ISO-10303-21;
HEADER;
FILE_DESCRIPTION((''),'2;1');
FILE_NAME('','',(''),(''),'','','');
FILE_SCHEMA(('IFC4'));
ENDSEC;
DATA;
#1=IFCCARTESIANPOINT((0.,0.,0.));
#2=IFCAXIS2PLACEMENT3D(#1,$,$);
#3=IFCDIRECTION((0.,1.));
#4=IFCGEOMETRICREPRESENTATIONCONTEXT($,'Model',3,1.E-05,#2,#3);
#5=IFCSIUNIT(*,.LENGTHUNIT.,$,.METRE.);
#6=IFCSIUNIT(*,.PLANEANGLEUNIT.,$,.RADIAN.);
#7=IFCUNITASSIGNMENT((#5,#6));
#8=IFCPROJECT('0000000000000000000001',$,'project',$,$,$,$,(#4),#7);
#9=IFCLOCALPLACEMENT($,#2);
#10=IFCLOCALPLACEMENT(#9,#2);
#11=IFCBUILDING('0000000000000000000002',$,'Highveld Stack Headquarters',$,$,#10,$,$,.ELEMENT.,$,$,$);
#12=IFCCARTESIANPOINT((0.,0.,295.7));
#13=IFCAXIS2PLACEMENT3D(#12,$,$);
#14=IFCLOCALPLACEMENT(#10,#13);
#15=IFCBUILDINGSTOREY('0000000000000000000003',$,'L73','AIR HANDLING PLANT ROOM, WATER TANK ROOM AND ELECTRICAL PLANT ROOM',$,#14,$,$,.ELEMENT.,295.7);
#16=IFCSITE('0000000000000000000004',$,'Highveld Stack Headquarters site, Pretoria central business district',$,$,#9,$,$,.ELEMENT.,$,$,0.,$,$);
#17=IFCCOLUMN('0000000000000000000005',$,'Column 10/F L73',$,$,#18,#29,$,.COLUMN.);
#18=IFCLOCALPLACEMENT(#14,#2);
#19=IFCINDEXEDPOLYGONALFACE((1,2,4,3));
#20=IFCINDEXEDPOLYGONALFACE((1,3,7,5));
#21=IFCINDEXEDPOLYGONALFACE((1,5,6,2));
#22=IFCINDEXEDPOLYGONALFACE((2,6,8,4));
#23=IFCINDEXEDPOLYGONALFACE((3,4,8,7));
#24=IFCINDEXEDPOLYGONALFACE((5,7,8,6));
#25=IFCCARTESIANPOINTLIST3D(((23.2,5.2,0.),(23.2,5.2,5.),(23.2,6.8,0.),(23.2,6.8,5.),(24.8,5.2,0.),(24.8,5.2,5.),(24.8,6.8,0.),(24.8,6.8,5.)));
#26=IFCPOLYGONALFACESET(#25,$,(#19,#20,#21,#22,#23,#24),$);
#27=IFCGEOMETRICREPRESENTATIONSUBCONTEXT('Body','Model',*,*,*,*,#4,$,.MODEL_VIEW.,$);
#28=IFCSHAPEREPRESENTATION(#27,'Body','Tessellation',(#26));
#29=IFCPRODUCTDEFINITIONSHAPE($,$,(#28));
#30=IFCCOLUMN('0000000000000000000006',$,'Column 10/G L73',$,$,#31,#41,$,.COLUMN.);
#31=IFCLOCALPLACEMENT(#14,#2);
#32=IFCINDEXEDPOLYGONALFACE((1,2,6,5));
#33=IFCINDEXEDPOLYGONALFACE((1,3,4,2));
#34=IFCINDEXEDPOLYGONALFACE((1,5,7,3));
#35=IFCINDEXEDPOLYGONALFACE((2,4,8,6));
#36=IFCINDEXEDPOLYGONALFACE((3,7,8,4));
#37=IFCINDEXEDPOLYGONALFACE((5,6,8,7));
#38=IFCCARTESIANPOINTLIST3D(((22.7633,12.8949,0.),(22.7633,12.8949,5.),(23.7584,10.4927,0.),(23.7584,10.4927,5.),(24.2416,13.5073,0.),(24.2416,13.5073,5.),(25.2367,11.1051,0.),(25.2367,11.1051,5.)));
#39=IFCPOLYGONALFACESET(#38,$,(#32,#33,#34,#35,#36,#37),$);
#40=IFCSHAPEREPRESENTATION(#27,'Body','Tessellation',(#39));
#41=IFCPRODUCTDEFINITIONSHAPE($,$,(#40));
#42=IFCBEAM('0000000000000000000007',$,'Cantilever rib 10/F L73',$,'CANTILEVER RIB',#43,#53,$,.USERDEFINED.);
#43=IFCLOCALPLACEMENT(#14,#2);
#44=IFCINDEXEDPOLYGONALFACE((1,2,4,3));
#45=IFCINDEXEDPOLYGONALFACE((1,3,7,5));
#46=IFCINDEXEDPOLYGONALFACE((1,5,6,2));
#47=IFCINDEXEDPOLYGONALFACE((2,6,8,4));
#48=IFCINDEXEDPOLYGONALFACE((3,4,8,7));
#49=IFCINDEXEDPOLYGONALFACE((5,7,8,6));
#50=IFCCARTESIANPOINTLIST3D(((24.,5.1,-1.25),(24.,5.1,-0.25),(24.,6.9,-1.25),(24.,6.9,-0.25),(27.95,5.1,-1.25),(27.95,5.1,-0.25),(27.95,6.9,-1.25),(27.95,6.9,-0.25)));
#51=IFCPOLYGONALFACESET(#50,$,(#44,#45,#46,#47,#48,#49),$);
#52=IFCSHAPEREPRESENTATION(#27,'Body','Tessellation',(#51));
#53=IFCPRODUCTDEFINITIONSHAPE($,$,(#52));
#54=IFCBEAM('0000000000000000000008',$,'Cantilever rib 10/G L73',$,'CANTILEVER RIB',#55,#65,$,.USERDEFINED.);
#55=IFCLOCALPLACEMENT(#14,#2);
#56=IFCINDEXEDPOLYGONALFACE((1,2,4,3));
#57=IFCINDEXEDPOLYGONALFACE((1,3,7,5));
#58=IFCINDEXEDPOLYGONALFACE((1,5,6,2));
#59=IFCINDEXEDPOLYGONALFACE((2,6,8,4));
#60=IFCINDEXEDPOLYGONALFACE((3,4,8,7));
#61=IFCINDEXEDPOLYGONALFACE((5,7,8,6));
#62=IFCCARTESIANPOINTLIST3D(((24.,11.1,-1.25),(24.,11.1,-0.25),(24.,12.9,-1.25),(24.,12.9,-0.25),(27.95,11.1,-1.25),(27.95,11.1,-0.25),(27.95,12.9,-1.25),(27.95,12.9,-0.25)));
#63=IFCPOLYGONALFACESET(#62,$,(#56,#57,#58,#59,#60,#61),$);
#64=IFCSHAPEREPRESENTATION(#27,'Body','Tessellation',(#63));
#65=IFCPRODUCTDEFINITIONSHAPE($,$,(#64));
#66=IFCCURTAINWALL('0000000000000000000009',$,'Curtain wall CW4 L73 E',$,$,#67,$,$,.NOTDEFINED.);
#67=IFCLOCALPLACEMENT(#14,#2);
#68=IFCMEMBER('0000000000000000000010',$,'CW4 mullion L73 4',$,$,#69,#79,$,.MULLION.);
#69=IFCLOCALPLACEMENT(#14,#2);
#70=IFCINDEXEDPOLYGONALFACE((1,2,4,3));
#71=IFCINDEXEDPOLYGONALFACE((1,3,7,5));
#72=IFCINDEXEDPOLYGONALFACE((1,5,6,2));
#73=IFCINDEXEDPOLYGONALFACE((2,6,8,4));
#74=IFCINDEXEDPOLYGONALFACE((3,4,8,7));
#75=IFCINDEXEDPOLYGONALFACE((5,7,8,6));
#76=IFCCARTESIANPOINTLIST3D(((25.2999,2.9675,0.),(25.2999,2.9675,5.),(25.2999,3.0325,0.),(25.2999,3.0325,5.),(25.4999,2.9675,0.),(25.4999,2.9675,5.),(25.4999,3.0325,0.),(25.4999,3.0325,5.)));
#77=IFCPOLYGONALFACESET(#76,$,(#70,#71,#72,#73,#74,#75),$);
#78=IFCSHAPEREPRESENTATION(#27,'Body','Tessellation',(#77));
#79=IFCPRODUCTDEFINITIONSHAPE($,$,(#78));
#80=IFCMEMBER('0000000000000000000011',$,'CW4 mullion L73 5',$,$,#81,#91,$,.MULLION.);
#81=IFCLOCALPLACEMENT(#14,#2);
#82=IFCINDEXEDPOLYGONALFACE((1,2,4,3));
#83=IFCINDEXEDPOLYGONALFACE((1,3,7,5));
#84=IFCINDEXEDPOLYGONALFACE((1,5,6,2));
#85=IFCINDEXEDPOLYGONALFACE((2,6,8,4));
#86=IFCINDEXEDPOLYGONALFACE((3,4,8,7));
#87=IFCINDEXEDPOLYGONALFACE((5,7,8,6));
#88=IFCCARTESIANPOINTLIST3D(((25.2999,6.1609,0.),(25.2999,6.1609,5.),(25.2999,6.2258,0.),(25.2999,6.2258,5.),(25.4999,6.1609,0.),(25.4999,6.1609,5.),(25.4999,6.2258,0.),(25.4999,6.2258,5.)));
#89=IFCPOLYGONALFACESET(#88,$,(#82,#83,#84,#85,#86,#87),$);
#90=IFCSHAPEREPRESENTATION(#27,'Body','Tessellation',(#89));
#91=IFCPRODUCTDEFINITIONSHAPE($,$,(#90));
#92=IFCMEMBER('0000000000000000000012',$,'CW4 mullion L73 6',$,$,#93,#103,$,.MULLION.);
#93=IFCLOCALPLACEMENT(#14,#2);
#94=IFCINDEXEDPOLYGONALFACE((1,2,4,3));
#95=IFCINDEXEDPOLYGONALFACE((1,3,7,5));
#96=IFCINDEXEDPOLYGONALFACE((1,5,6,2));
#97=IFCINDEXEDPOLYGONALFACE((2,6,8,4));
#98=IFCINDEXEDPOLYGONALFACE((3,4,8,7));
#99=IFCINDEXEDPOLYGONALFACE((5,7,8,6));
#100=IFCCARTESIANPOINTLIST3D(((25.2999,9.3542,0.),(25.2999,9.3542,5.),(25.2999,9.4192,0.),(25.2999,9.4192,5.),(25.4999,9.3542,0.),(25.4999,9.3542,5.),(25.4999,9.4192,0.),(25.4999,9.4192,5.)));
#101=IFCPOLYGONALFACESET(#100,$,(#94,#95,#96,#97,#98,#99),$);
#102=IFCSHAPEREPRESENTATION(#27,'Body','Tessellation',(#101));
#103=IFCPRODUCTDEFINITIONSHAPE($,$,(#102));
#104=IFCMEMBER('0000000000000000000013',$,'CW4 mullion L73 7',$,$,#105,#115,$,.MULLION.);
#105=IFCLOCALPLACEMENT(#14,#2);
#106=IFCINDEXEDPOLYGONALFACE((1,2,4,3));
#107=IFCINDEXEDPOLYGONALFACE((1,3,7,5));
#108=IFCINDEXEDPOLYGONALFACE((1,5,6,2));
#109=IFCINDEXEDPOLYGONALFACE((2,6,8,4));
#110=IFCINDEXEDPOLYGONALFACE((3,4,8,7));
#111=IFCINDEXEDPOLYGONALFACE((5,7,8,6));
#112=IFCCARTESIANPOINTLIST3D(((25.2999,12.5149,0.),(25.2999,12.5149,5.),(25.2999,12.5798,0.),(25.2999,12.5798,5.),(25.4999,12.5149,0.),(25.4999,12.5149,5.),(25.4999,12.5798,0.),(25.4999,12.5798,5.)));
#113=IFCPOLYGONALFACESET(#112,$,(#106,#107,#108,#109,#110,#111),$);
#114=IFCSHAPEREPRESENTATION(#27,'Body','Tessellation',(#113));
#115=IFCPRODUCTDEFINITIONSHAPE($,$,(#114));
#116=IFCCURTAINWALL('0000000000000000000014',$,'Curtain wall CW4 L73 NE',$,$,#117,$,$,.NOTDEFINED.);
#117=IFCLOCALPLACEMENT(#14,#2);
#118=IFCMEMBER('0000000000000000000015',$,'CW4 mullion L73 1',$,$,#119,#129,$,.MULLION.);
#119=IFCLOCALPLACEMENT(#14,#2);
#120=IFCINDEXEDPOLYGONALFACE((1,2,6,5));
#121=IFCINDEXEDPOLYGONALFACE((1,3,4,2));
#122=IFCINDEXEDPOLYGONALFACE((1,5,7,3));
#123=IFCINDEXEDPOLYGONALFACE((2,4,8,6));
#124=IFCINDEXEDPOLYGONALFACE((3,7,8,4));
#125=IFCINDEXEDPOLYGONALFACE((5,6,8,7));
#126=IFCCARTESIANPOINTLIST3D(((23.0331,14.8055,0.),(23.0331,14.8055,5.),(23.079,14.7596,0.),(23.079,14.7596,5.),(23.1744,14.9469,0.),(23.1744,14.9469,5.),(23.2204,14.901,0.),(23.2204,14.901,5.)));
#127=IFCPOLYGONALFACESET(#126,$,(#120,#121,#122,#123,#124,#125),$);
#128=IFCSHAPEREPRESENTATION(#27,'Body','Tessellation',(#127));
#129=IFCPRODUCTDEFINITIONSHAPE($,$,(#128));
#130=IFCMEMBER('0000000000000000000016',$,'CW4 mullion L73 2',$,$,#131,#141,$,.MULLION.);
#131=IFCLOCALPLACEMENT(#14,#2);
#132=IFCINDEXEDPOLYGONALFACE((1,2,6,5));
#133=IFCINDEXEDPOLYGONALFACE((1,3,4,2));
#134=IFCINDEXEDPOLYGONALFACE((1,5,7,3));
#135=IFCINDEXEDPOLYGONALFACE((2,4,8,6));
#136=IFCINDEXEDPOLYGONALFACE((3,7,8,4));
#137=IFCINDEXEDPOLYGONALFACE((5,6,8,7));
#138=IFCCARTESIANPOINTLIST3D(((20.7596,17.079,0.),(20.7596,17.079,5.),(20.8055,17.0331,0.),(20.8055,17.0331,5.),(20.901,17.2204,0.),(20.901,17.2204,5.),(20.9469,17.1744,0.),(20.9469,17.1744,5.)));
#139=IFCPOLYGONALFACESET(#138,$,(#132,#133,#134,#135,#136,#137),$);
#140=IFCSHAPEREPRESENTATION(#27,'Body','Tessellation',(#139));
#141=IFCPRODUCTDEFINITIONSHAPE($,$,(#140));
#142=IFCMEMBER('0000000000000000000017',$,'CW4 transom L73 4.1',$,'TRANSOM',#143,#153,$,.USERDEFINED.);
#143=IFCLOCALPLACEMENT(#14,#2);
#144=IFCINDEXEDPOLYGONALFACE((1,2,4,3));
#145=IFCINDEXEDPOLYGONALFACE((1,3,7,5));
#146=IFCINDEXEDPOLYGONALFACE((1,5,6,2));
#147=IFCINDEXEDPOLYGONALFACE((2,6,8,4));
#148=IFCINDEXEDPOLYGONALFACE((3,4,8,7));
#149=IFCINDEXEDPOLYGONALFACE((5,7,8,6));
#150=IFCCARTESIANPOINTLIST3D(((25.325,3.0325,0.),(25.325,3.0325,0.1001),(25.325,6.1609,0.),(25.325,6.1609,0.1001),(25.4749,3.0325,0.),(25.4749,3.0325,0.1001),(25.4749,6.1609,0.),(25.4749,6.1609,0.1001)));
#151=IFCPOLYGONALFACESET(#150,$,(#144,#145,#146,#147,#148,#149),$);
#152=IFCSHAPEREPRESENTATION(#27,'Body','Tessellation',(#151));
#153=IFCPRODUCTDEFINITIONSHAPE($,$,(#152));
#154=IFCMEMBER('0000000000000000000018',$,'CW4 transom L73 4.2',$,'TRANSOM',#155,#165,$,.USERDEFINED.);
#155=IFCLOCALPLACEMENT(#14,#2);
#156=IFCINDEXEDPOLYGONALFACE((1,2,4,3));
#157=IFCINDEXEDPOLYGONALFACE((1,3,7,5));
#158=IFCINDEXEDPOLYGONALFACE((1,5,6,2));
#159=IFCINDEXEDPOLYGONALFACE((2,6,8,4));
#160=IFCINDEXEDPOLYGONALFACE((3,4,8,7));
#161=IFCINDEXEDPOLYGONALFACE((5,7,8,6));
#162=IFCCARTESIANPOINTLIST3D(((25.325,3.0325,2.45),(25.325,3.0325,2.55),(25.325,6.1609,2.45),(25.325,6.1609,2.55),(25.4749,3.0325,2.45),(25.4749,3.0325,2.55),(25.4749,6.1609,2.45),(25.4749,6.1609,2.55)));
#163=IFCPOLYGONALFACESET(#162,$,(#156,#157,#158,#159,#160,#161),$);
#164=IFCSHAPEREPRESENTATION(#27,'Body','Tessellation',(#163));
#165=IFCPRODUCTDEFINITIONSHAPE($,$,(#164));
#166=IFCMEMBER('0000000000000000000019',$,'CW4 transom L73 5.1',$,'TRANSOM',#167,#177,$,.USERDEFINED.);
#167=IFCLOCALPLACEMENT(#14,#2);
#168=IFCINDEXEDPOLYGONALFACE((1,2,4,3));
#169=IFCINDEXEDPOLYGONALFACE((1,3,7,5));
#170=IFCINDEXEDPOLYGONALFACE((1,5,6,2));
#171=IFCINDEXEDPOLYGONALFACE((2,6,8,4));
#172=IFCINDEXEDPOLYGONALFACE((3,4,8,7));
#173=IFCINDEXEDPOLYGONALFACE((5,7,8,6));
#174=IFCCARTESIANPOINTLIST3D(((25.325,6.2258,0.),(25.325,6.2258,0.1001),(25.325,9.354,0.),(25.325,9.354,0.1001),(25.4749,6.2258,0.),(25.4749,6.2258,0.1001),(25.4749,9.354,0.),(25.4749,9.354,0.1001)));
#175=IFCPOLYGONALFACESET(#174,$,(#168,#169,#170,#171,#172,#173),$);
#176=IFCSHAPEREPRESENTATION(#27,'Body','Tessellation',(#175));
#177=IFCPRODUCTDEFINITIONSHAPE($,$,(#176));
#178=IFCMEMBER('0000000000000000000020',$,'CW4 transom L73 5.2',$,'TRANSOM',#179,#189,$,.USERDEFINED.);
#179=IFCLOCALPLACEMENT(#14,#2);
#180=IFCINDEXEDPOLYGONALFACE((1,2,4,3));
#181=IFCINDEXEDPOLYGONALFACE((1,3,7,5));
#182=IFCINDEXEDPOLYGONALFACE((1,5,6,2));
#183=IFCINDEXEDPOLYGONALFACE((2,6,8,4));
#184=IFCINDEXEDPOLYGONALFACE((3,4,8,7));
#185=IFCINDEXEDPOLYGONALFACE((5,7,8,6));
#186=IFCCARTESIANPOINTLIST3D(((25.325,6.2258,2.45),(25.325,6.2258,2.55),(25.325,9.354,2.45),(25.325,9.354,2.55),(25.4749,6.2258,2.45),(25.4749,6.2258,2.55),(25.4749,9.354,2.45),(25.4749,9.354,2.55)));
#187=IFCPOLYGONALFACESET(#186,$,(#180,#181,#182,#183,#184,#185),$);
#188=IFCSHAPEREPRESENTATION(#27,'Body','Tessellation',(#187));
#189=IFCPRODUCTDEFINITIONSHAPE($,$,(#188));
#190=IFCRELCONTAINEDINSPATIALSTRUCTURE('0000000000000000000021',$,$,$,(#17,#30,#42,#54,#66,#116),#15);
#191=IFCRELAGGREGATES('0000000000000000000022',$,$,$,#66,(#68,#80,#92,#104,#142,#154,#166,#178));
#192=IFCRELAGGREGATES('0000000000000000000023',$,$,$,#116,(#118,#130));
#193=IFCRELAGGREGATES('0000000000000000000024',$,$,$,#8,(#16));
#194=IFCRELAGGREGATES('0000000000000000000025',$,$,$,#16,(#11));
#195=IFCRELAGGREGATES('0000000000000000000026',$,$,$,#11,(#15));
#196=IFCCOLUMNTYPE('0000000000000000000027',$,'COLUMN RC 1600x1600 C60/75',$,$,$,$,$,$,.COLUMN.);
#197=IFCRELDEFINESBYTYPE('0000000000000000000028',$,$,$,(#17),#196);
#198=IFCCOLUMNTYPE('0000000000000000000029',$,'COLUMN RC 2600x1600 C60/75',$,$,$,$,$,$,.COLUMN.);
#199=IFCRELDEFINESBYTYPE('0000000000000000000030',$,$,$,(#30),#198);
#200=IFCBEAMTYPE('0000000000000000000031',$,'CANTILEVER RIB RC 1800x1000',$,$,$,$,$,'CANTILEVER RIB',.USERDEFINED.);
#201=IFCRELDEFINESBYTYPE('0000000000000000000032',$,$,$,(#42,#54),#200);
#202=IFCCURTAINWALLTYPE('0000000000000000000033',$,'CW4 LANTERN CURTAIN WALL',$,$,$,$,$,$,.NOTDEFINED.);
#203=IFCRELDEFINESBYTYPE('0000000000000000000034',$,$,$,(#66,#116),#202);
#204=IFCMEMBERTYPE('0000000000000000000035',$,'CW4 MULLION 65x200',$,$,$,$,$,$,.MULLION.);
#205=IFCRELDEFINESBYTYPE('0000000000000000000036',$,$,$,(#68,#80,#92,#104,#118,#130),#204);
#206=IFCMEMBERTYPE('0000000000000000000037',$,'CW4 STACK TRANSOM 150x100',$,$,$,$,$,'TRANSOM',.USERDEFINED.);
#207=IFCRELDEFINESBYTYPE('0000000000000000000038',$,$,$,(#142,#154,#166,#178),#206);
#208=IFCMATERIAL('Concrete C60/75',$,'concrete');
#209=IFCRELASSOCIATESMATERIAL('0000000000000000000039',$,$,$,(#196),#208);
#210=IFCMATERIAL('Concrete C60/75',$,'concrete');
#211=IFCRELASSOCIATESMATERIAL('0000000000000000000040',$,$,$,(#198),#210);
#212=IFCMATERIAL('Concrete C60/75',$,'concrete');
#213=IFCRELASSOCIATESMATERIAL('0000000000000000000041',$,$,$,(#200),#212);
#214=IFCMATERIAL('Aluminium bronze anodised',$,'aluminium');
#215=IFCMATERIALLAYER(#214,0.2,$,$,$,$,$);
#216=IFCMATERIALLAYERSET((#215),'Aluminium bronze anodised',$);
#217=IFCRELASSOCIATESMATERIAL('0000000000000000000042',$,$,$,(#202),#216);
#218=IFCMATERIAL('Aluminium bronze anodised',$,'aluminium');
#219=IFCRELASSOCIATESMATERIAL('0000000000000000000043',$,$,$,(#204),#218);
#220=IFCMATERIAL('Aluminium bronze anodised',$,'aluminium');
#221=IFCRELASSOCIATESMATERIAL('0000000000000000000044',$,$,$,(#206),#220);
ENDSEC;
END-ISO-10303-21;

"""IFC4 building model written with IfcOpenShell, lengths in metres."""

from ifc_helpers import new_model, si_unit, direction, frame, origin, origin_2d, place, context, subcontext, project, spatial, rectangle, extrude, material, layer, layer_set, material_profile, profile_set, type_object, element, aggregate, save


model = new_model("IFC4")

# Units and contexts
model_context = context("Model", 3, precision=1e-05, world=origin(), true_north=direction((0.0, 1.0)))
body_context = subcontext(model_context, "Body", "Model", "MODEL_VIEW")
ifc_project = project(units=[si_unit("LENGTHUNIT", "METRE"), si_unit("PLANEANGLEUNIT", "RADIAN")], contexts=[model_context])

# Site, building, storey
site_placement = place(None, origin())
site = spatial("IfcSite", under=ifc_project, at=site_placement, Name="Highveld Stack Headquarters site, Pretoria central business district", CompositionType="ELEMENT", RefElevation=0.0)
building_placement = place(site_placement, origin())
building = spatial("IfcBuilding", under=site, at=building_placement, Name="Highveld Stack Headquarters", CompositionType="ELEMENT")
storey_placement = place(building_placement, frame((0.0, 0.0, 295.7)))
storey = spatial("IfcBuildingStorey", under=building, at=storey_placement, Name="L73", Description="AIR HANDLING PLANT ROOM, WATER TANK ROOM AND ELECTRICAL PLANT ROOM", CompositionType="ELEMENT", Elevation=295.7)

# Columns
ifc_material_1 = material(Name="Concrete C60/75", Category="concrete")
ifc_material_profile_1 = material_profile(ifc_material_1, rectangle(XDim=1.6001, YDim=1.6001, at=origin_2d()), Name="RC 1600x1600")
ifc_profile_set_1 = profile_set([ifc_material_profile_1], Name="Concrete C60/75")
column_type_1 = type_object("IfcColumnType", Name="COLUMN RC 1600x1600 C60/75", PredefinedType="COLUMN", material=ifc_profile_set_1)
column_1_placement = place(storey_placement, frame((24.0, 6.0, 0.0), z_axis=(0.0, 0.0, 1.0), x_axis=(1.0, 0.0, 0.0)))
element("IfcColumn", 1, at=column_1_placement, inside=storey, type_object=column_type_1, Name="Column 10/F L73", PredefinedType="COLUMN", context=body_context, shape_type="SweptSolid", body=[
    extrude(rectangle(XDim=1.6001, YDim=1.6001, at=origin_2d()), origin(), (0.0, 0.0, 1.0), 5.0),
])
ifc_material_2 = material(Name="Concrete C60/75", Category="concrete")
ifc_material_profile_2 = material_profile(ifc_material_2, rectangle(XDim=2.6001, YDim=1.6001, at=origin_2d()), Name="RC 2600x1600")
ifc_profile_set_2 = profile_set([ifc_material_profile_2], Name="Concrete C60/75")
column_type_2 = type_object("IfcColumnType", Name="COLUMN RC 2600x1600 C60/75", PredefinedType="COLUMN", material=ifc_profile_set_2)
column_2_placement = place(storey_placement, frame((24.0, 12.0, 0.0), z_axis=(0.0, 0.0, 1.0), x_axis=(0.382683, -0.92388, 0.0)))
element("IfcColumn", 2, at=column_2_placement, inside=storey, type_object=column_type_2, Name="Column 10/G L73", PredefinedType="COLUMN", context=body_context, shape_type="SweptSolid", body=[
    extrude(rectangle(XDim=2.6001, YDim=1.6001, at=origin_2d()), origin(), (0.0, 0.0, 1.0), 5.0),
])

# Beams
ifc_material_3 = material(Name="Concrete C60/75", Category="concrete")
ifc_material_profile_3 = material_profile(ifc_material_3, rectangle(XDim=1.8, YDim=1.0, at=origin_2d()), Name="RC 1800x1000")
ifc_profile_set_3 = profile_set([ifc_material_profile_3], Name="Concrete C60/75")
beam_type_1 = type_object("IfcBeamType", Name="CANTILEVER RIB RC 1800x1000", ElementType="CANTILEVER RIB", PredefinedType="USERDEFINED", material=ifc_profile_set_3)
for number, where, z_axis, x_axis, name in (
    (3, (24.0, 6.0, -0.75), (1.0, 0.0, 0.0), (0.0, 1.0, 0.0), "Cantilever rib 10/F L73"),
    (4, (24.0, 12.0, -0.75), (1.0, 0.0, 0.0), (0.0, 1.0, 0.0), "Cantilever rib 10/G L73"),
):
    element("IfcBeam", number, at=place(storey_placement, frame(where, z_axis=z_axis, x_axis=x_axis)), inside=storey, type_object=beam_type_1, Name=name, ObjectType="CANTILEVER RIB", PredefinedType="USERDEFINED", context=body_context, shape_type="SweptSolid", body=[
        extrude(rectangle(XDim=1.8, YDim=1.0, at=origin_2d()), origin(), (0.0, 0.0, 1.0), 3.95),
    ])

# Curtain walls, members
ifc_material_4 = material(Name="Aluminium bronze anodised", Category="aluminium")
ifc_layer_1 = layer(ifc_material_4, 0.2)
ifc_layer_set_1 = layer_set([ifc_layer_1], Name="Aluminium bronze anodised")
curtain_wall_type = type_object("IfcCurtainWallType", Name="CW4 LANTERN CURTAIN WALL", PredefinedType="NOTDEFINED", material=ifc_layer_set_1)
curtain_wall_1_placement = place(storey_placement, origin())
curtain_wall_1 = element("IfcCurtainWall", 5, at=curtain_wall_1_placement, inside=storey, type_object=curtain_wall_type, Name="Curtain wall CW4 L73 E", PredefinedType="NOTDEFINED")
ifc_material_5 = material(Name="Aluminium bronze anodised", Category="aluminium")
ifc_material_profile_4 = material_profile(ifc_material_5, rectangle(XDim=0.2, YDim=0.0649, at=origin_2d()), Name="CW4 MULLION 65x200")
ifc_profile_set_4 = profile_set([ifc_material_profile_4], Name="Aluminium bronze anodised")
member_type_1 = type_object("IfcMemberType", Name="CW4 MULLION 65x200", PredefinedType="MULLION", material=ifc_profile_set_4)
member_1_placement = place(storey_placement, frame((25.3999, 3.0, 0.0), z_axis=(0.0, 0.0, 1.0), x_axis=(-1.0, 0.0, 0.0)))
member_1 = element("IfcMember", 6, at=member_1_placement, type_object=member_type_1, Name="CW4 mullion L73 4", PredefinedType="MULLION", context=body_context, shape_type="SweptSolid", body=[
    extrude(rectangle(XDim=0.2, YDim=0.0649, at=origin_2d()), origin(), (0.0, 0.0, 1.0), 5.0),
])
member_2_placement = place(storey_placement, frame((25.3999, 6.1934, 0.0), z_axis=(0.0, 0.0, 1.0), x_axis=(-1.0, 0.0, 0.0)))
member_2 = element("IfcMember", 7, at=member_2_placement, type_object=member_type_1, Name="CW4 mullion L73 5", PredefinedType="MULLION", context=body_context, shape_type="SweptSolid", body=[
    extrude(rectangle(XDim=0.2, YDim=0.0649, at=origin_2d()), origin(), (0.0, 0.0, 1.0), 5.0),
])
member_3_placement = place(storey_placement, frame((25.3999, 9.3867, 0.0), z_axis=(0.0, 0.0, 1.0), x_axis=(-1.0, 0.0, 0.0)))
member_3 = element("IfcMember", 8, at=member_3_placement, type_object=member_type_1, Name="CW4 mullion L73 6", PredefinedType="MULLION", context=body_context, shape_type="SweptSolid", body=[
    extrude(rectangle(XDim=0.2, YDim=0.0649, at=origin_2d()), origin(), (0.0, 0.0, 1.0), 5.0),
])
member_4_placement = place(storey_placement, frame((25.3999, 12.5474, 0.0), z_axis=(0.0, 0.0, 1.0), x_axis=(-1.0, 0.0, 0.0)))
member_4 = element("IfcMember", 9, at=member_4_placement, type_object=member_type_1, Name="CW4 mullion L73 7", PredefinedType="MULLION", context=body_context, shape_type="SweptSolid", body=[
    extrude(rectangle(XDim=0.2, YDim=0.0649, at=origin_2d()), origin(), (0.0, 0.0, 1.0), 5.0),
])
curtain_wall_2_placement = place(storey_placement, origin())
curtain_wall_2 = element("IfcCurtainWall", 10, at=curtain_wall_2_placement, inside=storey, type_object=curtain_wall_type, Name="Curtain wall CW4 L73 NE", PredefinedType="NOTDEFINED")
member_5_placement = place(storey_placement, frame((23.1267, 14.8533, 0.0), z_axis=(0.0, 0.0, 1.0), x_axis=(-0.707107, -0.707107, 0.0)))
member_5 = element("IfcMember", 11, at=member_5_placement, type_object=member_type_1, Name="CW4 mullion L73 1", PredefinedType="MULLION", context=body_context, shape_type="SweptSolid", body=[
    extrude(rectangle(XDim=0.2, YDim=0.0649, at=origin_2d()), origin(), (0.0, 0.0, 1.0), 5.0),
])
member_6_placement = place(storey_placement, frame((20.8533, 17.1267, 0.0), z_axis=(0.0, 0.0, 1.0), x_axis=(-0.707107, -0.707107, 0.0)))
member_6 = element("IfcMember", 12, at=member_6_placement, type_object=member_type_1, Name="CW4 mullion L73 2", PredefinedType="MULLION", context=body_context, shape_type="SweptSolid", body=[
    extrude(rectangle(XDim=0.2, YDim=0.0649, at=origin_2d()), origin(), (0.0, 0.0, 1.0), 5.0),
])

# Members
ifc_material_6 = material(Name="Aluminium bronze anodised", Category="aluminium")
ifc_material_profile_5 = material_profile(ifc_material_6, rectangle(XDim=0.1499, YDim=0.1001, at=origin_2d()), Name="CW4 TRANSOM 150x100")
ifc_profile_set_5 = profile_set([ifc_material_profile_5], Name="Aluminium bronze anodised")
member_type_2 = type_object("IfcMemberType", Name="CW4 STACK TRANSOM 150x100", ElementType="TRANSOM", PredefinedType="USERDEFINED", material=ifc_profile_set_5)
member_7_placement = place(storey_placement, frame((25.3999, 3.0325, 0.05), z_axis=(0.0, 1.0, 0.0), x_axis=(-1.0, 0.0, 0.0)))
member_7 = element("IfcMember", 13, at=member_7_placement, type_object=member_type_2, Name="CW4 transom L73 4.1", ObjectType="TRANSOM", PredefinedType="USERDEFINED", context=body_context, shape_type="SweptSolid", body=[
    extrude(rectangle(XDim=0.1499, YDim=0.1001, at=origin_2d()), origin(), (0.0, 0.0, 1.0), 3.1284),
])
member_8_placement = place(storey_placement, frame((25.3999, 3.0325, 2.5), z_axis=(0.0, 1.0, 0.0), x_axis=(-1.0, 0.0, 0.0)))
member_8 = element("IfcMember", 14, at=member_8_placement, type_object=member_type_2, Name="CW4 transom L73 4.2", ObjectType="TRANSOM", PredefinedType="USERDEFINED", context=body_context, shape_type="SweptSolid", body=[
    extrude(rectangle(XDim=0.1499, YDim=0.1001, at=origin_2d()), origin(), (0.0, 0.0, 1.0), 3.1284),
])
member_9_placement = place(storey_placement, frame((25.3999, 6.2258, 0.05), z_axis=(0.0, 1.0, 0.0), x_axis=(-1.0, 0.0, 0.0)))
member_9 = element("IfcMember", 15, at=member_9_placement, type_object=member_type_2, Name="CW4 transom L73 5.1", ObjectType="TRANSOM", PredefinedType="USERDEFINED", context=body_context, shape_type="SweptSolid", body=[
    extrude(rectangle(XDim=0.1499, YDim=0.1001, at=origin_2d()), origin(), (0.0, 0.0, 1.0), 3.1282),
])
member_10_placement = place(storey_placement, frame((25.3999, 6.2258, 2.5), z_axis=(0.0, 1.0, 0.0), x_axis=(-1.0, 0.0, 0.0)))
member_10 = element("IfcMember", 16, at=member_10_placement, type_object=member_type_2, Name="CW4 transom L73 5.2", ObjectType="TRANSOM", PredefinedType="USERDEFINED", context=body_context, shape_type="SweptSolid", body=[
    extrude(rectangle(XDim=0.1499, YDim=0.1001, at=origin_2d()), origin(), (0.0, 0.0, 1.0), 3.1282),
])

aggregate(curtain_wall_1, [member_1, member_2, member_3, member_4, member_7, member_8, member_9, member_10])
aggregate(curtain_wall_2, [member_5, member_6])

save(model, "model.ifc")
